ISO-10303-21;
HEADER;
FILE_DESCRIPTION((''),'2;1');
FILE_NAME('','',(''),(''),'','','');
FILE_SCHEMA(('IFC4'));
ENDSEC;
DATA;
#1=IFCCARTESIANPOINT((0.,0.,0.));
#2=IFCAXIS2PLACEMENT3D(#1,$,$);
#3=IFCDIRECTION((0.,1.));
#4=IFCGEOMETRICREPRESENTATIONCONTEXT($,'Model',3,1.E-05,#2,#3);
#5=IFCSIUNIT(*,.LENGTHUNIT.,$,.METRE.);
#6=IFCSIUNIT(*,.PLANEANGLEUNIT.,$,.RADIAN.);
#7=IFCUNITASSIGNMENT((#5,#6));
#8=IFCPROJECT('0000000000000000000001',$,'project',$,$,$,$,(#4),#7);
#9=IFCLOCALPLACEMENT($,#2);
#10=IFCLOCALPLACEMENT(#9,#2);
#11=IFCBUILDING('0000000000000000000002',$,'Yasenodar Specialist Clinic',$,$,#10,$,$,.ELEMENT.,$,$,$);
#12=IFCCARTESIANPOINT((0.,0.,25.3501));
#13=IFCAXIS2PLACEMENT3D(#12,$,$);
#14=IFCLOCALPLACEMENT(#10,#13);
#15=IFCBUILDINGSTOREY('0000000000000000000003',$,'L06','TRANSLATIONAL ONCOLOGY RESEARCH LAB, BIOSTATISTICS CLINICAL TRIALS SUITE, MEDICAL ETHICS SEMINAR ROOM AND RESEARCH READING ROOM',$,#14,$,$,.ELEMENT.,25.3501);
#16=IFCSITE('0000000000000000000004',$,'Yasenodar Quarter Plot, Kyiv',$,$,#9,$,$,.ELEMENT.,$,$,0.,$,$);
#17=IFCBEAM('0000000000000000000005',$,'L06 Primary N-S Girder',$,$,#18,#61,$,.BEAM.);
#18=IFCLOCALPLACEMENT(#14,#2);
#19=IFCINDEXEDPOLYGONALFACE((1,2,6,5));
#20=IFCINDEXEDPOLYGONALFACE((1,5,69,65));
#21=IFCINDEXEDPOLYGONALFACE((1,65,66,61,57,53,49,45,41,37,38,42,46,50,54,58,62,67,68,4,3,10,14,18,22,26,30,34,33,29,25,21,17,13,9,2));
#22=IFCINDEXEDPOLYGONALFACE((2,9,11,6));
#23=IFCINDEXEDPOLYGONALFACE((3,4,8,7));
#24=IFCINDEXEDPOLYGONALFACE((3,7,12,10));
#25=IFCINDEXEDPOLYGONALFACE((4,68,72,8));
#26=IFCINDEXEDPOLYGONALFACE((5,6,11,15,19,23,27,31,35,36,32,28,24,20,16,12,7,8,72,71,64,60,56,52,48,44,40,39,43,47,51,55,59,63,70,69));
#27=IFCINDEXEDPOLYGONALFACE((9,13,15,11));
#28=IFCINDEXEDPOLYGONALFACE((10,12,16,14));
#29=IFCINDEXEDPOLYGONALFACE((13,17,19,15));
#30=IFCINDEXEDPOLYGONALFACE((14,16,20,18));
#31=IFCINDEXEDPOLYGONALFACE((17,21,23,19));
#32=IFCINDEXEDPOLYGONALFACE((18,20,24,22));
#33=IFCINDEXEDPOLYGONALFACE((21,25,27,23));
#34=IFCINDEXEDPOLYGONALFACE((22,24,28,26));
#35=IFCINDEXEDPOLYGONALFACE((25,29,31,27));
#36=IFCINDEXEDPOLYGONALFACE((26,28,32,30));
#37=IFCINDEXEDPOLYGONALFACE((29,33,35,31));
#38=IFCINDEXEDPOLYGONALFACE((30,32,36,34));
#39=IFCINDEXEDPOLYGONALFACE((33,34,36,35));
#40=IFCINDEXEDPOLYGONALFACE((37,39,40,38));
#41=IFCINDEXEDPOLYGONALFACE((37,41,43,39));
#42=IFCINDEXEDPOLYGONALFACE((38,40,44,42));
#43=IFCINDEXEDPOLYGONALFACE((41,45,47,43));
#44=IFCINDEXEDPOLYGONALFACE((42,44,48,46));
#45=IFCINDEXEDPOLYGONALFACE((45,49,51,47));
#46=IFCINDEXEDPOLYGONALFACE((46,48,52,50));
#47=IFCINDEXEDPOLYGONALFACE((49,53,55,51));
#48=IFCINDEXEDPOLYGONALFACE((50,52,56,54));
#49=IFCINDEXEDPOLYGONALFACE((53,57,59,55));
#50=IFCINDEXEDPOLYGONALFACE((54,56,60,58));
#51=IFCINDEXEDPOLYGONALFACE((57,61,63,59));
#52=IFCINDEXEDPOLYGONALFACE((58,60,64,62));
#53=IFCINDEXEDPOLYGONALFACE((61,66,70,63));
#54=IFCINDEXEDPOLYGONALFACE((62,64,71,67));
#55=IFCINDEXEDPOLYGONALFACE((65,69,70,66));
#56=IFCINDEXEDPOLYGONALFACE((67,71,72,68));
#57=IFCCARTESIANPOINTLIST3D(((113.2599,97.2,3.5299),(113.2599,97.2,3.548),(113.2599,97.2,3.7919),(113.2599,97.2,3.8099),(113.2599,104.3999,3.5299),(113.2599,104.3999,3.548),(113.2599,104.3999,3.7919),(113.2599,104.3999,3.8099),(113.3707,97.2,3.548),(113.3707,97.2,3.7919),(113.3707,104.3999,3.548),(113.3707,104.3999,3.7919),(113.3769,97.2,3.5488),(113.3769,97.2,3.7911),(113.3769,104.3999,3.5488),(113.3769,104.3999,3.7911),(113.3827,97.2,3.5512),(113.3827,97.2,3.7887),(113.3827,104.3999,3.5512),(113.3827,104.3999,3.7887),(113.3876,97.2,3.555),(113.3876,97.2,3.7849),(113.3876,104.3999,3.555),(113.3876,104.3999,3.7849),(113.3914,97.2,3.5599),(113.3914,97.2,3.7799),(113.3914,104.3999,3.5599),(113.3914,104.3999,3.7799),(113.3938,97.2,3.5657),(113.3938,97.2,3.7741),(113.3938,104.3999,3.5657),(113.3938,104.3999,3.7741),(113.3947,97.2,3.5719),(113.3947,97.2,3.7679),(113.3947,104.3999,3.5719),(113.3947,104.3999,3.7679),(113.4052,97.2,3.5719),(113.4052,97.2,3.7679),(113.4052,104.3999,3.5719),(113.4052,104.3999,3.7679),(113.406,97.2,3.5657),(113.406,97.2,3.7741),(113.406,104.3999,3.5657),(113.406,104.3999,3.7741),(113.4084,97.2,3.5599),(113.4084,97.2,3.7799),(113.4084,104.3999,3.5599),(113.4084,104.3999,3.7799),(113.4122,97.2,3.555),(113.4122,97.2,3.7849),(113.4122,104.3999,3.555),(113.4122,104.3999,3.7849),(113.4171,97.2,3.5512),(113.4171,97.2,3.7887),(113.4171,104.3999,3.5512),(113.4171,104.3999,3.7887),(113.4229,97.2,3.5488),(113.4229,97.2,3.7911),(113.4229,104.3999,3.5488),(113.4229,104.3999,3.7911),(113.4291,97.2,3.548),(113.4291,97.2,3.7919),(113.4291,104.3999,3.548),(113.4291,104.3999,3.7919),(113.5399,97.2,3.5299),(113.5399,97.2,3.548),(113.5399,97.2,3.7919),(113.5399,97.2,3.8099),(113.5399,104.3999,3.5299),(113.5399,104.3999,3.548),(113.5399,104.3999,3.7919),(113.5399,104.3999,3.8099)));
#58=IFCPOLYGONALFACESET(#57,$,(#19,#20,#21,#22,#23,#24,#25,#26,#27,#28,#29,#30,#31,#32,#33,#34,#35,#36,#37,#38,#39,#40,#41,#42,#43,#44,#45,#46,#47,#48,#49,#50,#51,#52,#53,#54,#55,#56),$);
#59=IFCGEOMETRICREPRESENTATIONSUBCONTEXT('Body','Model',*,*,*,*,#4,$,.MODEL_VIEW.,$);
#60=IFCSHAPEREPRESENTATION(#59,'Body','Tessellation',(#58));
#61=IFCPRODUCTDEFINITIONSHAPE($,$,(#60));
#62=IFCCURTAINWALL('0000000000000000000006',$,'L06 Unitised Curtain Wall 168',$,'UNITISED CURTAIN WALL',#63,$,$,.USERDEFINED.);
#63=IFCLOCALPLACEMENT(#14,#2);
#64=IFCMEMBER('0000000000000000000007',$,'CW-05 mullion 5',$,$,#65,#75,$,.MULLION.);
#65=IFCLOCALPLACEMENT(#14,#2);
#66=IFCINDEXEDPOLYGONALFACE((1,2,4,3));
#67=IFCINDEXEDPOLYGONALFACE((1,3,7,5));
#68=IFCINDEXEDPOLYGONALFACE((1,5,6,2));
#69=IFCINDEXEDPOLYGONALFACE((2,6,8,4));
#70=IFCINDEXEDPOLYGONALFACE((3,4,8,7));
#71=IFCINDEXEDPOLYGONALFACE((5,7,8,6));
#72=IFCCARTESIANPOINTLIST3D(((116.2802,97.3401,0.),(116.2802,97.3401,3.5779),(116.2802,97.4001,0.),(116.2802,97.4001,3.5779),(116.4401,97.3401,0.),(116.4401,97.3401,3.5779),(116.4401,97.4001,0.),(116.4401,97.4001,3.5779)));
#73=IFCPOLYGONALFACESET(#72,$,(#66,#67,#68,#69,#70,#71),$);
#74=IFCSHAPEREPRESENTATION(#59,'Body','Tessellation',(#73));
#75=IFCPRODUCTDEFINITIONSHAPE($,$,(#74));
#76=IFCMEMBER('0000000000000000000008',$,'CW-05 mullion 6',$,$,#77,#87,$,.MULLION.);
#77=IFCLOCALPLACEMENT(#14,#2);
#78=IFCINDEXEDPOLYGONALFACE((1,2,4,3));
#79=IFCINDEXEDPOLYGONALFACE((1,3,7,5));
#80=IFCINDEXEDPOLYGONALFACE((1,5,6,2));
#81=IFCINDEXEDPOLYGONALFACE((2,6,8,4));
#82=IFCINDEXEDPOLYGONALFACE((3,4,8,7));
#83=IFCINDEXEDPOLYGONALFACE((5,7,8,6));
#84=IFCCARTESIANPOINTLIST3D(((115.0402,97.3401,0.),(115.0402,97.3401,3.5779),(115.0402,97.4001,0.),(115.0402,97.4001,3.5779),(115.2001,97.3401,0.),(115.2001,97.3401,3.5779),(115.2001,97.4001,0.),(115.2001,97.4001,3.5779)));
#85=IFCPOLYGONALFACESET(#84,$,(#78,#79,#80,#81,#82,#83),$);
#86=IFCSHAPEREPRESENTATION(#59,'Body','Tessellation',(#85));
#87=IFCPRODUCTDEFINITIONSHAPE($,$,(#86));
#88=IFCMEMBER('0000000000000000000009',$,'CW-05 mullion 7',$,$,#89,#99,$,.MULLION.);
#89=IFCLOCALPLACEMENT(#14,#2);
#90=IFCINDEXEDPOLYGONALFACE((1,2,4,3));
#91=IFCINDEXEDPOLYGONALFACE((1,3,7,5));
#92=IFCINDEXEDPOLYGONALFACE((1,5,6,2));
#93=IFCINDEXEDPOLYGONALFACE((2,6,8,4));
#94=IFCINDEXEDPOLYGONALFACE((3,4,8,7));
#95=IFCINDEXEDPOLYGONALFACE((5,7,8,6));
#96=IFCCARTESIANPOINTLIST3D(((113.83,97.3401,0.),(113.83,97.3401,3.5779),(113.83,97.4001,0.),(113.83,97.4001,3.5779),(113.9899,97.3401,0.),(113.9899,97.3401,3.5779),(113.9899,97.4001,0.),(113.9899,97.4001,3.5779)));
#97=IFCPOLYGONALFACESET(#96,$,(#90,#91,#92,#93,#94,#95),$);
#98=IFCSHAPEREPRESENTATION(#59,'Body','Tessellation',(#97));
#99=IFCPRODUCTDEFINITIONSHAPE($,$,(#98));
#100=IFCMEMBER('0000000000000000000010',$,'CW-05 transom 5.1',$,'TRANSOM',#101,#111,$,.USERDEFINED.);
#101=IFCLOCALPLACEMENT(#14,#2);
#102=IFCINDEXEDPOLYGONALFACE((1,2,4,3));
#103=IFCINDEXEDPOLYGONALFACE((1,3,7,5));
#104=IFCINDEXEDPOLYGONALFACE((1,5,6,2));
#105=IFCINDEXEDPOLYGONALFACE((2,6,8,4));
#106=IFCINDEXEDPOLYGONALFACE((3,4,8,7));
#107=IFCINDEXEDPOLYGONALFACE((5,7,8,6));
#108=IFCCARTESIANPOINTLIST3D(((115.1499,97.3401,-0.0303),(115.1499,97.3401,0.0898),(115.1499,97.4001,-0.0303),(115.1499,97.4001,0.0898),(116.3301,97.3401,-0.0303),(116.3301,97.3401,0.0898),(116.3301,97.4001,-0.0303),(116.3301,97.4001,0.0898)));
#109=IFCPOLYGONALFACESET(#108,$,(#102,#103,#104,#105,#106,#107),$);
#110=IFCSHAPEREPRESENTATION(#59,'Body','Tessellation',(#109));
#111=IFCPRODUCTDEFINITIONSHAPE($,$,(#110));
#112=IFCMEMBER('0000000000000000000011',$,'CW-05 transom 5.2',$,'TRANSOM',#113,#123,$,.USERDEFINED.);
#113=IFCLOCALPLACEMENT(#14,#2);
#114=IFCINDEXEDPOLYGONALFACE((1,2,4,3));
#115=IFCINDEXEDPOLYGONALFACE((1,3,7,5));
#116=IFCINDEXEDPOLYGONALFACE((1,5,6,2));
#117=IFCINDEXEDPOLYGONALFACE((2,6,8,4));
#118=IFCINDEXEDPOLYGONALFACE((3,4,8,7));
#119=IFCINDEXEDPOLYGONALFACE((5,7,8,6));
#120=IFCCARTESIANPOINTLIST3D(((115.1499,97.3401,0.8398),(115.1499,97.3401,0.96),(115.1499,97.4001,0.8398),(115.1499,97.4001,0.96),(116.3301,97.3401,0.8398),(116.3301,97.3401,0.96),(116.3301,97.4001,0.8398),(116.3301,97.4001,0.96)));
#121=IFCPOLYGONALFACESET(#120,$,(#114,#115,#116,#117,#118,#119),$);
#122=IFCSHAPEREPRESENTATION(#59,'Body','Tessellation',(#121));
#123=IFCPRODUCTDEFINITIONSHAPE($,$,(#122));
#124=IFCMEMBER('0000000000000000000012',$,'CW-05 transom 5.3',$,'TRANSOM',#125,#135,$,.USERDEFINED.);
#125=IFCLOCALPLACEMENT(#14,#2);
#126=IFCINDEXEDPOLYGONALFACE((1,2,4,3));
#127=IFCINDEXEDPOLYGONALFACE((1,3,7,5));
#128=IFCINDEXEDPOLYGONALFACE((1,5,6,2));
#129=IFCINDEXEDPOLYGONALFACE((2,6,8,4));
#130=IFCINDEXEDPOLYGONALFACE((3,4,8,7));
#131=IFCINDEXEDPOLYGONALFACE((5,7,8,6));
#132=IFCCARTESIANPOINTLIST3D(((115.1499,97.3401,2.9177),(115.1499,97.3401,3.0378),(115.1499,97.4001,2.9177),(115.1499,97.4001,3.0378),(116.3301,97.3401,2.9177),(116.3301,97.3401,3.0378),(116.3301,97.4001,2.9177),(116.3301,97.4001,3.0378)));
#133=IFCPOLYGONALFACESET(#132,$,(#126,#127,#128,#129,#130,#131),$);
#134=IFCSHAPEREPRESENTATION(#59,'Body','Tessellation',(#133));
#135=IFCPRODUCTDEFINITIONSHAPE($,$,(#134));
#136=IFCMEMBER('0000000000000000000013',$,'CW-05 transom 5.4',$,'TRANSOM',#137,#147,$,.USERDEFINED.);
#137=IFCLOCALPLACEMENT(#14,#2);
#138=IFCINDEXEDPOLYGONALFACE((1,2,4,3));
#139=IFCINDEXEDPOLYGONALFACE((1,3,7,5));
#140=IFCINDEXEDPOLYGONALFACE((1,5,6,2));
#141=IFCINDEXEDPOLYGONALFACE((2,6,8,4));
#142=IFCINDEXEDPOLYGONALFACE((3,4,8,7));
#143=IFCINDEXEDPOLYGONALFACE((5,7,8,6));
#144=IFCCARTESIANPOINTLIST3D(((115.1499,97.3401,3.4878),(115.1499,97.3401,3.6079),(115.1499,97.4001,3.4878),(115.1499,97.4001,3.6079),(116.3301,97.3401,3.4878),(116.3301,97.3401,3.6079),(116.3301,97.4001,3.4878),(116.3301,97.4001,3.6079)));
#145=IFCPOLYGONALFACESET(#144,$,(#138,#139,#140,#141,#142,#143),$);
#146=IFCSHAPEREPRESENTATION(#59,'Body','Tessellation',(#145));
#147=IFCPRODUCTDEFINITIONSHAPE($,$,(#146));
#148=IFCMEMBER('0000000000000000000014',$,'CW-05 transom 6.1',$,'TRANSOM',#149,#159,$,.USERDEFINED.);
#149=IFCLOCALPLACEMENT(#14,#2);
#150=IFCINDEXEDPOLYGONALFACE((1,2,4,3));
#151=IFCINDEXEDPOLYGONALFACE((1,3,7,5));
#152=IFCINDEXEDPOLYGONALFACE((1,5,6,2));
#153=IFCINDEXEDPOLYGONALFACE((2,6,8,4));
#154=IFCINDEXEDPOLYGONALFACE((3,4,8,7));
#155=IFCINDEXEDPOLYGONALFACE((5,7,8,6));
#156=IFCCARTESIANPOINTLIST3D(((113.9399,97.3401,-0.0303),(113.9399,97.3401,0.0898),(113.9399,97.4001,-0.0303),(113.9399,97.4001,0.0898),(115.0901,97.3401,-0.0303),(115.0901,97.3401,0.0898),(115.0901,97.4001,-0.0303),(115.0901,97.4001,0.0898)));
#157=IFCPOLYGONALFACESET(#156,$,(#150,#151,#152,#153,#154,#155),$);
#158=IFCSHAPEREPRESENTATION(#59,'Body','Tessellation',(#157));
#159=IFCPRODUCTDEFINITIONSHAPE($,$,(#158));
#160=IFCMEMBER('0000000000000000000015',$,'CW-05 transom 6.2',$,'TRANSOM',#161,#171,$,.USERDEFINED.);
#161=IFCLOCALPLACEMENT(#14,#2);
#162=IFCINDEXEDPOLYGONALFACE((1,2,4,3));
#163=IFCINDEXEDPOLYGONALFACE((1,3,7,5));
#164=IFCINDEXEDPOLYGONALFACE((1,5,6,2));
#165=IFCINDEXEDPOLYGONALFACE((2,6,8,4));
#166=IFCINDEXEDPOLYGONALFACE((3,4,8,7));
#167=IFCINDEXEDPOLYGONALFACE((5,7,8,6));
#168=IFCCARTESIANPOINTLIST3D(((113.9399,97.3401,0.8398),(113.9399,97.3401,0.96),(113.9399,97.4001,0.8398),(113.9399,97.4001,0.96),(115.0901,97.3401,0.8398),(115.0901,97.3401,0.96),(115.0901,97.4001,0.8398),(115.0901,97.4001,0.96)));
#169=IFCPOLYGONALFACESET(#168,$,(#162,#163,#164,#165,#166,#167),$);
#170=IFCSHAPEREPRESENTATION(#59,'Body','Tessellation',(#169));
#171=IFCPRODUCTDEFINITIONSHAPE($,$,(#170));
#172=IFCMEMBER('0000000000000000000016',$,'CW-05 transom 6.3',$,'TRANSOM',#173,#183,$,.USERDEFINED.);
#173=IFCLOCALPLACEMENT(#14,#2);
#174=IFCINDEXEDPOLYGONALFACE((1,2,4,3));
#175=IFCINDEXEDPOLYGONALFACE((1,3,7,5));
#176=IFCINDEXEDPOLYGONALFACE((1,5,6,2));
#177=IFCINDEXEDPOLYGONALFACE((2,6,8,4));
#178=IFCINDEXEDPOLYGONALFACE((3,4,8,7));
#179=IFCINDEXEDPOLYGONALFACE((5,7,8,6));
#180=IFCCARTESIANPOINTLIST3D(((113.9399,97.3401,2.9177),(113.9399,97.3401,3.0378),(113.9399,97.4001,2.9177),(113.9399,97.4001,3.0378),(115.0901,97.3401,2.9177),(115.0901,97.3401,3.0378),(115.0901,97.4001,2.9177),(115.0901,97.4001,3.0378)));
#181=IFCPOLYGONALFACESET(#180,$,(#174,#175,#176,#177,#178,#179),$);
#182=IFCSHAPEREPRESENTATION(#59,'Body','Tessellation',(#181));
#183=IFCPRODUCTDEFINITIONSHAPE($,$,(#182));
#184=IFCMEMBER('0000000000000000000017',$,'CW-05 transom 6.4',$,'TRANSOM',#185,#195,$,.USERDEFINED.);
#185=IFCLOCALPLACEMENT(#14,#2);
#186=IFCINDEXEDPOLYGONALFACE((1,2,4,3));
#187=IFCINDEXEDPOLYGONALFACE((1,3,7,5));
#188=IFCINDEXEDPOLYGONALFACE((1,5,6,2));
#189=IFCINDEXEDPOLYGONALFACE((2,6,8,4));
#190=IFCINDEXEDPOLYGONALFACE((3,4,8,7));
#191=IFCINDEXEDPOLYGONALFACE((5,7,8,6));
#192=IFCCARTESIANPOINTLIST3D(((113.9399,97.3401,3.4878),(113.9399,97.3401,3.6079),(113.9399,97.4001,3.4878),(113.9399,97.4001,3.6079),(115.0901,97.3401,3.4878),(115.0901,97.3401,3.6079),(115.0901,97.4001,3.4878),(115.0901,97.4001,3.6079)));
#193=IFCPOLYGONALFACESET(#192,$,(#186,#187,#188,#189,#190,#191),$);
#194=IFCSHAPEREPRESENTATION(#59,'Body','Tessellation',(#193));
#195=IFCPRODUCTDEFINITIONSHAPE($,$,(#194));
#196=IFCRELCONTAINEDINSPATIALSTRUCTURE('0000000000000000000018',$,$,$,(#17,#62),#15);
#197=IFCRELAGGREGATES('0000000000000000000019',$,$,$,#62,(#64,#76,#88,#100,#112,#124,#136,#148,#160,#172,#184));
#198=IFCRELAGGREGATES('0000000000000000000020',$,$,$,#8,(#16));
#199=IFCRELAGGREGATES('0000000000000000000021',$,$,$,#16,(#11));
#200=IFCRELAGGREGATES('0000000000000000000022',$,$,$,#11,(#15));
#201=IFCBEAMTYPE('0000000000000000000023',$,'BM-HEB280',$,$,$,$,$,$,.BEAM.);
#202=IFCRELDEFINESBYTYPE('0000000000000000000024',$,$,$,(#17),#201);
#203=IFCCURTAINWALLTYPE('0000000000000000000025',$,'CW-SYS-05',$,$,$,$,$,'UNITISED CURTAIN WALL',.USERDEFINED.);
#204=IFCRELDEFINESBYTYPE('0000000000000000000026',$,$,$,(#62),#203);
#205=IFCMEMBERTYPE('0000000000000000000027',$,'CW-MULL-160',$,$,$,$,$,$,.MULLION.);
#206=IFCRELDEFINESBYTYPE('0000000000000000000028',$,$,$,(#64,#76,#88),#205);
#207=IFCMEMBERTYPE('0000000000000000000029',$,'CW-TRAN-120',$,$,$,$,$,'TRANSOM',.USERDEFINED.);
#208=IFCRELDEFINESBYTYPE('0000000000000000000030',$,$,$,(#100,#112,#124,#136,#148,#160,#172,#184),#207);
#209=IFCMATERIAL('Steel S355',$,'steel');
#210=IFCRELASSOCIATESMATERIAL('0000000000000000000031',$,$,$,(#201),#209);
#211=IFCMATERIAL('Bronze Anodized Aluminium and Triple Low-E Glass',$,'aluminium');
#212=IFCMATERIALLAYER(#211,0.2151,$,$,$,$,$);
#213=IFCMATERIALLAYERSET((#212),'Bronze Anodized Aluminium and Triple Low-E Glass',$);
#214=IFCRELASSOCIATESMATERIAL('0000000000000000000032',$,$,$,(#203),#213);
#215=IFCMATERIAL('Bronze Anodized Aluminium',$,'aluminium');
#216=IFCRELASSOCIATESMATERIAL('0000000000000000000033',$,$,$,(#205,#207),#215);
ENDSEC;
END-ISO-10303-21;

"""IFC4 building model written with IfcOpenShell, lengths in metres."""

from ifc_helpers import new_model, si_unit, direction, frame, origin, origin_2d, place, context, subcontext, project, spatial, rectangle, i_section, extrude, material, layer, layer_set, material_profile, profile_set, type_object, element, aggregate, save


model = new_model("IFC4")

# Units and contexts
model_context = context("Model", 3, precision=1e-05, world=origin(), true_north=direction((0.0, 1.0)))
body_context = subcontext(model_context, "Body", "Model", "MODEL_VIEW")
ifc_project = project(units=[si_unit("LENGTHUNIT", "METRE"), si_unit("PLANEANGLEUNIT", "RADIAN")], contexts=[model_context])

# Site, building, storey
site_placement = place(None, origin())
site = spatial("IfcSite", under=ifc_project, at=site_placement, Name="Yasenodar Quarter Plot, Kyiv", CompositionType="ELEMENT", RefElevation=0.0)
building_placement = place(site_placement, origin())
building = spatial("IfcBuilding", under=site, at=building_placement, Name="Yasenodar Specialist Clinic", CompositionType="ELEMENT")
storey_placement = place(building_placement, frame((0.0, 0.0, 25.3501)))
storey = spatial("IfcBuildingStorey", under=building, at=storey_placement, Name="L06", Description="TRANSLATIONAL ONCOLOGY RESEARCH LAB, BIOSTATISTICS CLINICAL TRIALS SUITE, MEDICAL ETHICS SEMINAR ROOM AND RESEARCH READING ROOM", CompositionType="ELEMENT", Elevation=25.3501)

# Beam
ifc_material_1 = material(Name="Steel S355", Category="steel")
ifc_material_profile_1 = material_profile(ifc_material_1, i_section(OverallWidth=0.28, OverallDepth=0.28, WebThickness=0.0105, FlangeThickness=0.0181, FilletRadius=0.0239, at=origin_2d()), Name="HEB 280")
ifc_profile_set_1 = profile_set([ifc_material_profile_1], Name="Steel S355")
beam_type = type_object("IfcBeamType", Name="BM-HEB280", PredefinedType="BEAM", material=ifc_profile_set_1)
beam_placement = place(storey_placement, frame((113.3999, 97.2, 3.6699), z_axis=(0.0, 1.0, 0.0), x_axis=(-1.0, 0.0, 0.0)))
element("IfcBeam", 1, at=beam_placement, inside=storey, type_object=beam_type, Name="L06 Primary N-S Girder", PredefinedType="BEAM", context=body_context, shape_type="SweptSolid", body=[
    extrude(i_section(OverallWidth=0.28, OverallDepth=0.28, WebThickness=0.0105, FlangeThickness=0.0181, FilletRadius=0.0239, at=origin_2d()), origin(), (0.0, 0.0, 1.0), 7.2),
])

# Curtain wall, members
ifc_material_2 = material(Name="Bronze Anodized Aluminium and Triple Low-E Glass", Category="aluminium")
ifc_layer_1 = layer(ifc_material_2, 0.2151)
ifc_layer_set_1 = layer_set([ifc_layer_1], Name="Bronze Anodized Aluminium and Triple Low-E Glass")
curtain_wall_type = type_object("IfcCurtainWallType", Name="CW-SYS-05", ElementType="UNITISED CURTAIN WALL", PredefinedType="USERDEFINED", material=ifc_layer_set_1)
curtain_wall_placement = place(storey_placement, origin())
curtain_wall = element("IfcCurtainWall", 2, at=curtain_wall_placement, inside=storey, type_object=curtain_wall_type, Name="L06 Unitised Curtain Wall 168", ObjectType="UNITISED CURTAIN WALL", PredefinedType="USERDEFINED")
ifc_material_3 = material(Name="Bronze Anodized Aluminium", Category="aluminium")
ifc_material_profile_2 = material_profile(ifc_material_3, rectangle(XDim=0.0601, YDim=0.1599, at=origin_2d()), Name="CW-MULL 60x160")
ifc_profile_set_2 = profile_set([ifc_material_profile_2], Name="Bronze Anodized Aluminium")
member_type_1 = type_object("IfcMemberType", Name="CW-MULL-160", PredefinedType="MULLION", material=ifc_profile_set_2)
member_1_placement = place(storey_placement, frame((116.3601, 97.3701, 0.0), z_axis=(0.0, 0.0, 1.0), x_axis=(0.0, -1.0, 0.0)))
member_1 = element("IfcMember", 3, at=member_1_placement, type_object=member_type_1, Name="CW-05 mullion 5", PredefinedType="MULLION", context=body_context, shape_type="SweptSolid", body=[
    extrude(rectangle(XDim=0.0601, YDim=0.1599, at=origin_2d()), origin(), (0.0, 0.0, 1.0), 3.5779),
])
member_2_placement = place(storey_placement, frame((115.1201, 97.3701, 0.0), z_axis=(0.0, 0.0, 1.0), x_axis=(0.0, -1.0, 0.0)))
member_2 = element("IfcMember", 4, at=member_2_placement, type_object=member_type_1, Name="CW-05 mullion 6", PredefinedType="MULLION", context=body_context, shape_type="SweptSolid", body=[
    extrude(rectangle(XDim=0.0601, YDim=0.1599, at=origin_2d()), origin(), (0.0, 0.0, 1.0), 3.5779),
])
member_3_placement = place(storey_placement, frame((113.9099, 97.3701, 0.0), z_axis=(0.0, 0.0, 1.0), x_axis=(0.0, -1.0, 0.0)))
member_3 = element("IfcMember", 5, at=member_3_placement, type_object=member_type_1, Name="CW-05 mullion 7", PredefinedType="MULLION", context=body_context, shape_type="SweptSolid", body=[
    extrude(rectangle(XDim=0.0601, YDim=0.1599, at=origin_2d()), origin(), (0.0, 0.0, 1.0), 3.5779),
])
ifc_material_profile_3 = material_profile(ifc_material_3, rectangle(XDim=0.0601, YDim=0.1201, at=origin_2d()), Name="CW-TRAN 60x120")
ifc_profile_set_3 = profile_set([ifc_material_profile_3], Name="Bronze Anodized Aluminium")
member_type_2 = type_object("IfcMemberType", Name="CW-TRAN-120", ElementType="TRANSOM", PredefinedType="USERDEFINED", material=ifc_profile_set_3)
member_4_placement = place(storey_placement, frame((116.3301, 97.3701, 0.0298), z_axis=(-1.0, 0.0, 0.0), x_axis=(0.0, -1.0, 0.0)))
member_4 = element("IfcMember", 6, at=member_4_placement, type_object=member_type_2, Name="CW-05 transom 5.1", ObjectType="TRANSOM", PredefinedType="USERDEFINED", context=body_context, shape_type="SweptSolid", body=[
    extrude(rectangle(XDim=0.0601, YDim=0.1201, at=origin_2d()), origin(), (0.0, 0.0, 1.0), 1.1802),
])
member_5_placement = place(storey_placement, frame((116.3301, 97.3701, 0.8999), z_axis=(-1.0, 0.0, 0.0), x_axis=(0.0, -1.0, 0.0)))
member_5 = element("IfcMember", 7, at=member_5_placement, type_object=member_type_2, Name="CW-05 transom 5.2", ObjectType="TRANSOM", PredefinedType="USERDEFINED", context=body_context, shape_type="SweptSolid", body=[
    extrude(rectangle(XDim=0.0601, YDim=0.1201, at=origin_2d()), origin(), (0.0, 0.0, 1.0), 1.1802),
])
member_6_placement = place(storey_placement, frame((116.3301, 97.3701, 2.9778), z_axis=(-1.0, 0.0, 0.0), x_axis=(0.0, -1.0, 0.0)))
member_6 = element("IfcMember", 8, at=member_6_placement, type_object=member_type_2, Name="CW-05 transom 5.3", ObjectType="TRANSOM", PredefinedType="USERDEFINED", context=body_context, shape_type="SweptSolid", body=[
    extrude(rectangle(XDim=0.0601, YDim=0.1201, at=origin_2d()), origin(), (0.0, 0.0, 1.0), 1.1802),
])
member_7_placement = place(storey_placement, frame((116.3301, 97.3701, 3.5479), z_axis=(-1.0, 0.0, 0.0), x_axis=(0.0, -1.0, 0.0)))
member_7 = element("IfcMember", 9, at=member_7_placement, type_object=member_type_2, Name="CW-05 transom 5.4", ObjectType="TRANSOM", PredefinedType="USERDEFINED", context=body_context, shape_type="SweptSolid", body=[
    extrude(rectangle(XDim=0.0601, YDim=0.1201, at=origin_2d()), origin(), (0.0, 0.0, 1.0), 1.1802),
])
member_8_placement = place(storey_placement, frame((115.0901, 97.3701, 0.0298), z_axis=(-1.0, 0.0, 0.0), x_axis=(0.0, -1.0, 0.0)))
member_8 = element("IfcMember", 10, at=member_8_placement, type_object=member_type_2, Name="CW-05 transom 6.1", ObjectType="TRANSOM", PredefinedType="USERDEFINED", context=body_context, shape_type="SweptSolid", body=[
    extrude(rectangle(XDim=0.0601, YDim=0.1201, at=origin_2d()), origin(), (0.0, 0.0, 1.0), 1.1501),
])
member_9_placement = place(storey_placement, frame((115.0901, 97.3701, 0.8999), z_axis=(-1.0, 0.0, 0.0), x_axis=(0.0, -1.0, 0.0)))
member_9 = element("IfcMember", 11, at=member_9_placement, type_object=member_type_2, Name="CW-05 transom 6.2", ObjectType="TRANSOM", PredefinedType="USERDEFINED", context=body_context, shape_type="SweptSolid", body=[
    extrude(rectangle(XDim=0.0601, YDim=0.1201, at=origin_2d()), origin(), (0.0, 0.0, 1.0), 1.1501),
])
member_10_placement = place(storey_placement, frame((115.0901, 97.3701, 2.9778), z_axis=(-1.0, 0.0, 0.0), x_axis=(0.0, -1.0, 0.0)))
member_10 = element("IfcMember", 12, at=member_10_placement, type_object=member_type_2, Name="CW-05 transom 6.3", ObjectType="TRANSOM", PredefinedType="USERDEFINED", context=body_context, shape_type="SweptSolid", body=[
    extrude(rectangle(XDim=0.0601, YDim=0.1201, at=origin_2d()), origin(), (0.0, 0.0, 1.0), 1.1501),
])
member_11_placement = place(storey_placement, frame((115.0901, 97.3701, 3.5479), z_axis=(-1.0, 0.0, 0.0), x_axis=(0.0, -1.0, 0.0)))
member_11 = element("IfcMember", 13, at=member_11_placement, type_object=member_type_2, Name="CW-05 transom 6.4", ObjectType="TRANSOM", PredefinedType="USERDEFINED", context=body_context, shape_type="SweptSolid", body=[
    extrude(rectangle(XDim=0.0601, YDim=0.1201, at=origin_2d()), origin(), (0.0, 0.0, 1.0), 1.1501),
])
aggregate(curtain_wall, [member_1, member_2, member_3, member_4, member_5, member_6, member_7, member_8, member_9, member_10, member_11])

save(model, "model.ifc")
